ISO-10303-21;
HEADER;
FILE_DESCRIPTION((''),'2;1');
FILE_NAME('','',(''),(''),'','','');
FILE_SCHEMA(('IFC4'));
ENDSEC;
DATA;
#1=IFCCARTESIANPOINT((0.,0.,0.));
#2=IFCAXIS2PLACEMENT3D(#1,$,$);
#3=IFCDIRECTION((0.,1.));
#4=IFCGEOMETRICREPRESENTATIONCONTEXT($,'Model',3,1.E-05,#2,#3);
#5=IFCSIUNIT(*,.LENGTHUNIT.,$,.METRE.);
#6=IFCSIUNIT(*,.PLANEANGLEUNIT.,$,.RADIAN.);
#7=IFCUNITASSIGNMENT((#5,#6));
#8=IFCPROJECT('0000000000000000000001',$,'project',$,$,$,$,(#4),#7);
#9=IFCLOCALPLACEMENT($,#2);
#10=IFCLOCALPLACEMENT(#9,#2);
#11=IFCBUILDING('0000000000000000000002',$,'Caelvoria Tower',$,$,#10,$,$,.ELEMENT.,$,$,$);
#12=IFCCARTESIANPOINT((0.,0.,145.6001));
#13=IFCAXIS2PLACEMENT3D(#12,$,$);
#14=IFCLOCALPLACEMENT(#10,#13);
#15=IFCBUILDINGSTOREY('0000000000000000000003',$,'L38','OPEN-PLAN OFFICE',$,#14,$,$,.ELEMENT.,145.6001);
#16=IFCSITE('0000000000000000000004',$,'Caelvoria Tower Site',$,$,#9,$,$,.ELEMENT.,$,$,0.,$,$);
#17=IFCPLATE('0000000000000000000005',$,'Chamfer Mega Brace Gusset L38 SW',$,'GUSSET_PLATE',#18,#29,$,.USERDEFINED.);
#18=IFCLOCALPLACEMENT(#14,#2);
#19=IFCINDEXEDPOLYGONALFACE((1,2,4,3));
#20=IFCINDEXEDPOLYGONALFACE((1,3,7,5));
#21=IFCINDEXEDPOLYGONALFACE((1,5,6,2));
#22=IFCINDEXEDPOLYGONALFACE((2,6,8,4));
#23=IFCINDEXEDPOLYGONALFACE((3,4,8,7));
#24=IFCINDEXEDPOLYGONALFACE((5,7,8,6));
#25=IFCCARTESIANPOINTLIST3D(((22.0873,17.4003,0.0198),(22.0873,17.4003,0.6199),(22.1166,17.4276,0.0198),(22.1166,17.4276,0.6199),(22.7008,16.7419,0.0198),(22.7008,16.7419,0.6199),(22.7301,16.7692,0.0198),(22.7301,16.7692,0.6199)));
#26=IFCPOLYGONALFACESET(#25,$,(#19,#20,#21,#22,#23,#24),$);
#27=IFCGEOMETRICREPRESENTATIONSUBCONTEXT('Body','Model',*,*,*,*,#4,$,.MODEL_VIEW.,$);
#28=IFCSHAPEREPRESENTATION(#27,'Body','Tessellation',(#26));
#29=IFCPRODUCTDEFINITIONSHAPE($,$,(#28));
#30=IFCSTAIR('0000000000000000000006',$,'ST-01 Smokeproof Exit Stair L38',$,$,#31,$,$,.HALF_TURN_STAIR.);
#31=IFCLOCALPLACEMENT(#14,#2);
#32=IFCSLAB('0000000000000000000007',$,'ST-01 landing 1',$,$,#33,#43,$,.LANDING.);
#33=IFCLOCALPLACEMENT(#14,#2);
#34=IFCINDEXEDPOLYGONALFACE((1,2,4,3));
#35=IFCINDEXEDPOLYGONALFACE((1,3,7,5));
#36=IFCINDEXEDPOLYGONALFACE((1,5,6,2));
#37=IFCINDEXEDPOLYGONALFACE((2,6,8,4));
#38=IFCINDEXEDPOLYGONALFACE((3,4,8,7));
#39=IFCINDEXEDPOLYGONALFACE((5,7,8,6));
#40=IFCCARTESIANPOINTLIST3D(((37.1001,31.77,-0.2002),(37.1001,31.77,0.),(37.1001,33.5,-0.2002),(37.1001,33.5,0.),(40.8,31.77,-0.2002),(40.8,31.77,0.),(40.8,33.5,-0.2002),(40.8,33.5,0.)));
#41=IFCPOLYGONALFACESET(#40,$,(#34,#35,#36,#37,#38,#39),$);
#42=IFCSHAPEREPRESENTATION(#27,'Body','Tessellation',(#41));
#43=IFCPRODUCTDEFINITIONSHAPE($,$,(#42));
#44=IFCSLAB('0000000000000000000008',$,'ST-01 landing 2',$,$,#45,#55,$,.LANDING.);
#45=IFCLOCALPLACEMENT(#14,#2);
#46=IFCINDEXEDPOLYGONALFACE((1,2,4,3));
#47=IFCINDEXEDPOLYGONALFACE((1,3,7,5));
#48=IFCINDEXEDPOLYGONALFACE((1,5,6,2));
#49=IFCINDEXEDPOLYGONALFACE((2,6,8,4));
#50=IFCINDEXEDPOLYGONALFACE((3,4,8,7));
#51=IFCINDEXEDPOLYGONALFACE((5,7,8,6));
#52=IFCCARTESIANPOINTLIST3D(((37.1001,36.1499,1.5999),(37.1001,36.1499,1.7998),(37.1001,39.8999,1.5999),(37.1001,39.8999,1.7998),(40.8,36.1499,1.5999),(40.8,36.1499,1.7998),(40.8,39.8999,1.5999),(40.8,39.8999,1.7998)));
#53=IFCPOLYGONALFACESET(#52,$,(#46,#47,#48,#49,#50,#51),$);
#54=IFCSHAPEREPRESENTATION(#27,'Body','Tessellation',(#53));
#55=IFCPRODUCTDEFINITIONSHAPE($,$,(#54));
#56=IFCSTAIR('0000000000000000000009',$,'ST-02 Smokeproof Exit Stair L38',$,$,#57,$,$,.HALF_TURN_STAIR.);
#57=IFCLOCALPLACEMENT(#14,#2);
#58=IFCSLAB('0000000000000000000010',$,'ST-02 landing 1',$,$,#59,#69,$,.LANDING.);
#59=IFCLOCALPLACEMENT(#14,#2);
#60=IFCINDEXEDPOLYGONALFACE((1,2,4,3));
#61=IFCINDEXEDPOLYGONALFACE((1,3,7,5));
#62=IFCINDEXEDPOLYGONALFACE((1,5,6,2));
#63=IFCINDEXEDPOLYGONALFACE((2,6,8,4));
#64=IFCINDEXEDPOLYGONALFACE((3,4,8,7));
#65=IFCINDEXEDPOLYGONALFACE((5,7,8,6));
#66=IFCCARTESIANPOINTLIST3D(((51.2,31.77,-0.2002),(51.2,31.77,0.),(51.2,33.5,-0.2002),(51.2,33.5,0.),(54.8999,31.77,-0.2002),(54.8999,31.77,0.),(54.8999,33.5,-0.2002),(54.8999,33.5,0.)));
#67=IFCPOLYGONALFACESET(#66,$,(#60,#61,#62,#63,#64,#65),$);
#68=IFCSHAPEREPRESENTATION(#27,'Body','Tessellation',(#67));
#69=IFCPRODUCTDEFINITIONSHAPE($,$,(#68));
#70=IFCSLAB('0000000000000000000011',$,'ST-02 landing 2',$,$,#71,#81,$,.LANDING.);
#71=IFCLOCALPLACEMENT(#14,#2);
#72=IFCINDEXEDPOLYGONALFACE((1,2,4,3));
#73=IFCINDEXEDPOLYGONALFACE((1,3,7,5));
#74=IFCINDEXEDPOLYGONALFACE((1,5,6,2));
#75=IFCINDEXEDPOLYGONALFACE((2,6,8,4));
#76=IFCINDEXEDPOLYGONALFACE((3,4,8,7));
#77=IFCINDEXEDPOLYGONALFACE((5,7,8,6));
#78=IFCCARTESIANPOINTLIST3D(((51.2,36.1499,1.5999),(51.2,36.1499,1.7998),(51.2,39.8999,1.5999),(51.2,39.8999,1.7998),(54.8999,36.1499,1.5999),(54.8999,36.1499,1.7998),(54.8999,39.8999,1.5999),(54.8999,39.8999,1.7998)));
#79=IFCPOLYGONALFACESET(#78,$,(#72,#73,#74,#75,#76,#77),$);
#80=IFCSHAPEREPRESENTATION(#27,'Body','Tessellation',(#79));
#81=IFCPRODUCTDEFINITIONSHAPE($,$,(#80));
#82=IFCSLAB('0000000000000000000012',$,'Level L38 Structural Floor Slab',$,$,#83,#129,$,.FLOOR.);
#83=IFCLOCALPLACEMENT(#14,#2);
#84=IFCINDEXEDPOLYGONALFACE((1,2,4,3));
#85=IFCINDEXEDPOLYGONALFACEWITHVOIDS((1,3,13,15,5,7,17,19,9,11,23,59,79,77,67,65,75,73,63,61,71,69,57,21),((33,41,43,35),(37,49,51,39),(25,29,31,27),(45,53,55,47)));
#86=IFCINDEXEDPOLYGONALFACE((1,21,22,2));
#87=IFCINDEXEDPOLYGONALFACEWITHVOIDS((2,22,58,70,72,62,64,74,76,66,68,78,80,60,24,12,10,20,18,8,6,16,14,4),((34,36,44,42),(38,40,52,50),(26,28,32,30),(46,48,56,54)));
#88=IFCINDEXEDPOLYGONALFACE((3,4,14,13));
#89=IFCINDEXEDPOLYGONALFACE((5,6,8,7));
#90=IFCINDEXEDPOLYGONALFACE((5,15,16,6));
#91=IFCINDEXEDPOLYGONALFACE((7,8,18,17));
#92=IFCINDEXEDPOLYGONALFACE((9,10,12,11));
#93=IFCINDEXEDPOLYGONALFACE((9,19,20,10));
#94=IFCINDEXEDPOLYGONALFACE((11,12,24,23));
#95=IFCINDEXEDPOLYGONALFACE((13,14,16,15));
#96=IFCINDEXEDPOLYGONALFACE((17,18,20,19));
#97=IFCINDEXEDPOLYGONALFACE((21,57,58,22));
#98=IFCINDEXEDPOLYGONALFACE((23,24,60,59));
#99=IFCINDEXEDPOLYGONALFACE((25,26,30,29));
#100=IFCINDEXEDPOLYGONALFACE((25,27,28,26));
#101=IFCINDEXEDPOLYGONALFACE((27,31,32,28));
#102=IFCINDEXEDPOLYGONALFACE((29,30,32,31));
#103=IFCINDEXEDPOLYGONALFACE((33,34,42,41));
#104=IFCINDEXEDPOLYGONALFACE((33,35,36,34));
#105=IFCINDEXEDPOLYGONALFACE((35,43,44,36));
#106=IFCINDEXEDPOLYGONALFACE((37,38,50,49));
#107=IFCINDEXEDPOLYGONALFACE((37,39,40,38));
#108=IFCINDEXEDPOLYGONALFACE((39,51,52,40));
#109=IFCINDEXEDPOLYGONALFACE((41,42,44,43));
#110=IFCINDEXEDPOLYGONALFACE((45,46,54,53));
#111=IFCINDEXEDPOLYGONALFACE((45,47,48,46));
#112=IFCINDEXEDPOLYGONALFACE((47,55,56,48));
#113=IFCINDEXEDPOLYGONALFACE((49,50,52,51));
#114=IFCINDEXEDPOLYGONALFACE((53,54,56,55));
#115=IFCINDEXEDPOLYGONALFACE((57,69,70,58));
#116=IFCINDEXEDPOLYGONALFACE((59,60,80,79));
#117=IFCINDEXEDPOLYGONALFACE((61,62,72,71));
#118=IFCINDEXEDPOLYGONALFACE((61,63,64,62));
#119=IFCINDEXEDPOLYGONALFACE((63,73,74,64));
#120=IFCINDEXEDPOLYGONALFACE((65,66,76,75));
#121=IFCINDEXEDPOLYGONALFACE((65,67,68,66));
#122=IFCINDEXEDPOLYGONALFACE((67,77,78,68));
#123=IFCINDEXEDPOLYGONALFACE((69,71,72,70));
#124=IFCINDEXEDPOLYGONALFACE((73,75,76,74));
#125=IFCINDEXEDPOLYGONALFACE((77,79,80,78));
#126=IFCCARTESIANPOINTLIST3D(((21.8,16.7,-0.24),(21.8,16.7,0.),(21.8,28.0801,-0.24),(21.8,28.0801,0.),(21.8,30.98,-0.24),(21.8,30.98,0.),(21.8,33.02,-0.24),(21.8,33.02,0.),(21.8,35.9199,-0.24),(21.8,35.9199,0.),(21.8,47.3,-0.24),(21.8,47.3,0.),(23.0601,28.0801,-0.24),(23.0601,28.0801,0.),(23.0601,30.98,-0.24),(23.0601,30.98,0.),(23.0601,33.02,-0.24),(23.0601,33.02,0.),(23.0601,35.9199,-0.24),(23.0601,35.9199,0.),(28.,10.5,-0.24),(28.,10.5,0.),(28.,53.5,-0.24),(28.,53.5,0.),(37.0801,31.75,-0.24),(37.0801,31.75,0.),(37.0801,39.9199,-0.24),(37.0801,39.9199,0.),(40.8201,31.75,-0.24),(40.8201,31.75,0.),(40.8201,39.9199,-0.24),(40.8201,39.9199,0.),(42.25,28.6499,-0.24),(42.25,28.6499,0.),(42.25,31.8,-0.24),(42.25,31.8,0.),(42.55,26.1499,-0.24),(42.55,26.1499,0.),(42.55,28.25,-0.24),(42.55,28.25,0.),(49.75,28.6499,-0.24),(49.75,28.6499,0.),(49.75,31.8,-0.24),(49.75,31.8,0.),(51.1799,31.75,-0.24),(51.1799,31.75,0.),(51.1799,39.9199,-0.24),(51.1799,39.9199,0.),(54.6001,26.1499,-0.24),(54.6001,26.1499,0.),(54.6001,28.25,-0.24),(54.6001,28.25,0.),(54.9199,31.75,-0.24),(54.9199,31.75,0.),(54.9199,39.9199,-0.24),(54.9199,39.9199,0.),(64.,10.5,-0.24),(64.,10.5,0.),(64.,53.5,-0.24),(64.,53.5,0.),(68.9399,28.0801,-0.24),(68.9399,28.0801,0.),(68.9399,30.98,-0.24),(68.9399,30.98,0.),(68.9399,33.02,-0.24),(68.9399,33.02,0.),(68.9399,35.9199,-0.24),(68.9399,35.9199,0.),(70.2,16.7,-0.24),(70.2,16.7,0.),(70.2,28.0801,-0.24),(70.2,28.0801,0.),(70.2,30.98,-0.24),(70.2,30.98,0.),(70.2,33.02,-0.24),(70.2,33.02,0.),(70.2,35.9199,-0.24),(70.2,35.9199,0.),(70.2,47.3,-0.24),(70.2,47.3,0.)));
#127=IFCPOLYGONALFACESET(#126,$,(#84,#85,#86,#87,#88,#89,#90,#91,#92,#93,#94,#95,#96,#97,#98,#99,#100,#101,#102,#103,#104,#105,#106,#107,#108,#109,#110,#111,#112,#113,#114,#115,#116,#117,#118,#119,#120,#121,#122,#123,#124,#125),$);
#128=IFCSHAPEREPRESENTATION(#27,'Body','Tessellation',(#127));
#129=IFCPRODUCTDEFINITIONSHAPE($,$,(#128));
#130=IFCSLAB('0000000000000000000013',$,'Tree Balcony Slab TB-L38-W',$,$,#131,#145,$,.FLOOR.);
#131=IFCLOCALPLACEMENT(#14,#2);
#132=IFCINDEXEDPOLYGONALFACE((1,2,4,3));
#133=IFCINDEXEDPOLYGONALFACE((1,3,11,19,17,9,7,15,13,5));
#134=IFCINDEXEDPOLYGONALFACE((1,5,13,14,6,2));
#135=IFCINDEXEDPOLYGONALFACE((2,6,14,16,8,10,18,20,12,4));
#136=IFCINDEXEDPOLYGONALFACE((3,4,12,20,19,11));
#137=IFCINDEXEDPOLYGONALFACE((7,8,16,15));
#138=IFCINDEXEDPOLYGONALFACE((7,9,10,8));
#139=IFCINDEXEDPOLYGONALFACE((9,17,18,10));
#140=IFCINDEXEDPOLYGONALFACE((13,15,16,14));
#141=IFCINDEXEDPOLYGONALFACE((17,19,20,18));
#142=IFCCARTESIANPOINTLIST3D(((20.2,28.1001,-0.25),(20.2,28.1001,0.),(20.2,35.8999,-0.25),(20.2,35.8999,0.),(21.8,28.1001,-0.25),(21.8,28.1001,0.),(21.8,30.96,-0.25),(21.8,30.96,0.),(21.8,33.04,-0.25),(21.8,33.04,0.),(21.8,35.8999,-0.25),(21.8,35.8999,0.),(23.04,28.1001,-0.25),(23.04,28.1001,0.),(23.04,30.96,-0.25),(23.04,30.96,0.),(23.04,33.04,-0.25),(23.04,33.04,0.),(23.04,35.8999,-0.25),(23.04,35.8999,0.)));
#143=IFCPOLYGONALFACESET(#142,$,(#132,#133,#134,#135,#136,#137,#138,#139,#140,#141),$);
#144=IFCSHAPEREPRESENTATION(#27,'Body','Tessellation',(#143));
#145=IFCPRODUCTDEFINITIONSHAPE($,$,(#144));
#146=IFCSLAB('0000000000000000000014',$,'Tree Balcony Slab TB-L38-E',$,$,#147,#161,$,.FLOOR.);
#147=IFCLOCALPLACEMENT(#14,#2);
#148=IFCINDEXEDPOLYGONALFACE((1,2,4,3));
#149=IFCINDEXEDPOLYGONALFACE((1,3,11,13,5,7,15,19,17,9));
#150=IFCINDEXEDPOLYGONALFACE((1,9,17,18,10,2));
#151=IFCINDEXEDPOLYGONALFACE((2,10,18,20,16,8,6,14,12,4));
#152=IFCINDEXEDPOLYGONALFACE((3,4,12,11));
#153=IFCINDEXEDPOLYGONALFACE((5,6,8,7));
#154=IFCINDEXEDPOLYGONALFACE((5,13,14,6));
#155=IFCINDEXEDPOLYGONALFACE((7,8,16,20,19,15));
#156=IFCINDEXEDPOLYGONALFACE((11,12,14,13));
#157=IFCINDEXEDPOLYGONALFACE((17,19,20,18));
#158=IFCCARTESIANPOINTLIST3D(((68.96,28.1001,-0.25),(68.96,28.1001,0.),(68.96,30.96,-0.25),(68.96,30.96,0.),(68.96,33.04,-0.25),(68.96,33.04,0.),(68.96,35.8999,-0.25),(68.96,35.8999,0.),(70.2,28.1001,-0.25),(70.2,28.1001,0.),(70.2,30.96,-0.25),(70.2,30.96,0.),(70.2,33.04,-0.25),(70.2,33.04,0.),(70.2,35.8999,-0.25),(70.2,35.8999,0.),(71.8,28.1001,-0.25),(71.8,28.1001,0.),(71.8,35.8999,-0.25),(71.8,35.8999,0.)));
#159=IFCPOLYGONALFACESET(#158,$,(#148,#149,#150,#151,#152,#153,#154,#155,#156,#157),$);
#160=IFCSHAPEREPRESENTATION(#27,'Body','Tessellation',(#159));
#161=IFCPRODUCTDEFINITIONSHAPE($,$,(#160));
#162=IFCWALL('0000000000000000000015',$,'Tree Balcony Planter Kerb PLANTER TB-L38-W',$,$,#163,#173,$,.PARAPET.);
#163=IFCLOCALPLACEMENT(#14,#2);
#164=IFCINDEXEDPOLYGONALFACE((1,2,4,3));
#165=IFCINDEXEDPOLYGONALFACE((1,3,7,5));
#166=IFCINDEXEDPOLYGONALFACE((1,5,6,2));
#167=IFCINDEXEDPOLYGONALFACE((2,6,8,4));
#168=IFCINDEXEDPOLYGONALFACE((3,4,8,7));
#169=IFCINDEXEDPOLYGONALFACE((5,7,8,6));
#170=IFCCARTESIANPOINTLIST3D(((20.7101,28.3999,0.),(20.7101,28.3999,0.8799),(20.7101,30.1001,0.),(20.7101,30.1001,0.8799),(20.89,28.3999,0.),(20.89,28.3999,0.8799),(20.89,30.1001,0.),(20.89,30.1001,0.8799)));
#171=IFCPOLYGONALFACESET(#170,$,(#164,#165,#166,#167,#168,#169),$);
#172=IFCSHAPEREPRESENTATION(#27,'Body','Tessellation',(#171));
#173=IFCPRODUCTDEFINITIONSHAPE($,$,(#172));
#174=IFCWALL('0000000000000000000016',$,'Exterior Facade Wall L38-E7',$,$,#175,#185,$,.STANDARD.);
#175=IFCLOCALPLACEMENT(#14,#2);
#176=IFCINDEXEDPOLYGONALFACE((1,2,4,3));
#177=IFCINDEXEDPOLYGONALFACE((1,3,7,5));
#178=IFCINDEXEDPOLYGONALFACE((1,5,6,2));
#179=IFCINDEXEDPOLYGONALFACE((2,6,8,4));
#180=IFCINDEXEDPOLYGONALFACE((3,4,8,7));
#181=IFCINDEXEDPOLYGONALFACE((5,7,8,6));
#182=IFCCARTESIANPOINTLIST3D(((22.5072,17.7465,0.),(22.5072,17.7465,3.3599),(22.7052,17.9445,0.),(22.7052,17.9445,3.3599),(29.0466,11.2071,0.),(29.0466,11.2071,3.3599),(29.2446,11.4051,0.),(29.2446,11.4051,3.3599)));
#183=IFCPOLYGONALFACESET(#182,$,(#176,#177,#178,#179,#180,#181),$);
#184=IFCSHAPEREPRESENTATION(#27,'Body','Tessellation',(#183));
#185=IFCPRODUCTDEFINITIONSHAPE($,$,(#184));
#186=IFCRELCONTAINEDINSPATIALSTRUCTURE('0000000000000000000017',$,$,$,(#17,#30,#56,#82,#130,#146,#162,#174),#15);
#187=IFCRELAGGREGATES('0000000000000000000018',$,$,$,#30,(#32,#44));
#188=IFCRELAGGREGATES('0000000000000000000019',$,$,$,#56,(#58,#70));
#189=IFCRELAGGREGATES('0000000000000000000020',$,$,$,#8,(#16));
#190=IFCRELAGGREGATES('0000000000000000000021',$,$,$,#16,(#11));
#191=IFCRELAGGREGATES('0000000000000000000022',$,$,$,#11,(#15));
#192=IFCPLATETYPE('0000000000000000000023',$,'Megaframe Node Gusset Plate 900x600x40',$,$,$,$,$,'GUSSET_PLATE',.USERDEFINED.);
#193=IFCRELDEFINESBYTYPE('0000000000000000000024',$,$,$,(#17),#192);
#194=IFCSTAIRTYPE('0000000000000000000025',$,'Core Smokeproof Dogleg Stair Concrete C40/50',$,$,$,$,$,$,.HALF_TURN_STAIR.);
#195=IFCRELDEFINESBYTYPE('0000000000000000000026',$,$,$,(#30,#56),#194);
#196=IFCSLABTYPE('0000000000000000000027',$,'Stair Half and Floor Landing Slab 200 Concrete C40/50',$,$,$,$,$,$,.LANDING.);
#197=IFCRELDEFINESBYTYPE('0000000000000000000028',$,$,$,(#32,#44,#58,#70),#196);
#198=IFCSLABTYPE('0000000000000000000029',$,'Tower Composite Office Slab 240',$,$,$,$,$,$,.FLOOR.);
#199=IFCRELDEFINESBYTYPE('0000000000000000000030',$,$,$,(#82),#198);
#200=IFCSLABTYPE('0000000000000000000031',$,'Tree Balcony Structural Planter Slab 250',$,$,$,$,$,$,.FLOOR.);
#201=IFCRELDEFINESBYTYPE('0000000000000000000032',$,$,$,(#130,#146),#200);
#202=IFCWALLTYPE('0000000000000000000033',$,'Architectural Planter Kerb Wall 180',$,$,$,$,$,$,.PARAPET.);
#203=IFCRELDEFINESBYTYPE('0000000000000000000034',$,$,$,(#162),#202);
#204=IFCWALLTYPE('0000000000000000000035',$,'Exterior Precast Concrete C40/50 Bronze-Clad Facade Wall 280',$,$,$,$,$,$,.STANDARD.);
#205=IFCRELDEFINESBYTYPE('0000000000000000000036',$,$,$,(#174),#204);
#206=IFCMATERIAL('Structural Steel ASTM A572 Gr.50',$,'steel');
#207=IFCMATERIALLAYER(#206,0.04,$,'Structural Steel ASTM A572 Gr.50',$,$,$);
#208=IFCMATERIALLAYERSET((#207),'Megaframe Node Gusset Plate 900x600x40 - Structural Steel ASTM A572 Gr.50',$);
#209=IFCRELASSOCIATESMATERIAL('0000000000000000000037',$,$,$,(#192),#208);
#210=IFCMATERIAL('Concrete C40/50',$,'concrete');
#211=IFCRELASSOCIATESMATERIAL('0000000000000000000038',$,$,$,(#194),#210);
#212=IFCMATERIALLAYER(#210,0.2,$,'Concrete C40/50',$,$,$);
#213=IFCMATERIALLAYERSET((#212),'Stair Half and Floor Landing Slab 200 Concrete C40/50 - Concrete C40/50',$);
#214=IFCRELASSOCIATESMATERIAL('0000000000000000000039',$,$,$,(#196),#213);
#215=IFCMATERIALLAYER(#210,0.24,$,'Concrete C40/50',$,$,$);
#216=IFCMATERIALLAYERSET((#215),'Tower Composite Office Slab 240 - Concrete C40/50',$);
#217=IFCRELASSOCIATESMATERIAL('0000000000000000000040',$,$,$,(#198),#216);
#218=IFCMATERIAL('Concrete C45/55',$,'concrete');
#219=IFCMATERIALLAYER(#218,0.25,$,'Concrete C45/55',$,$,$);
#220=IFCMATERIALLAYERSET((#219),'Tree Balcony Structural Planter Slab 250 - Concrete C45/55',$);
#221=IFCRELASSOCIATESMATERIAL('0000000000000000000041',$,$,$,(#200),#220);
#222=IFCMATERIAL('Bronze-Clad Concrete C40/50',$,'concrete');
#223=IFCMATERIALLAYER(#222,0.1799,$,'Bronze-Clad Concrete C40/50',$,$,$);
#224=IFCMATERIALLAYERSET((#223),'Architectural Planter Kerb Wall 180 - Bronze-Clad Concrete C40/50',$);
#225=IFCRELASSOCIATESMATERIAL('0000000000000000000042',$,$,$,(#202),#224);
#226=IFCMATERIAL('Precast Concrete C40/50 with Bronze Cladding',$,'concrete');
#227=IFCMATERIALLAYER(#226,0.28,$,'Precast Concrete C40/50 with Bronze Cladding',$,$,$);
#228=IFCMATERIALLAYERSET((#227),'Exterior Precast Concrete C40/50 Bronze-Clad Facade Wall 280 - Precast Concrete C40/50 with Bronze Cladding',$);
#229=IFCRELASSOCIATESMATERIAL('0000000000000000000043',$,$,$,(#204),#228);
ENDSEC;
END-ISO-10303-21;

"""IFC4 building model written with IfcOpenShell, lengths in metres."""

from ifc_helpers import new_model, si_unit, direction, frame, frame_2d, origin, origin_2d, place, context, subcontext, project, spatial, polyline, rectangle, outline, extrude, material, layer, layer_set, type_object, element, aggregate, save


model = new_model("IFC4")

# Units and contexts
model_context = context("Model", 3, precision=1e-05, world=origin(), true_north=direction((0.0, 1.0)))
body_context = subcontext(model_context, "Body", "Model", "MODEL_VIEW")
ifc_project = project(units=[si_unit("LENGTHUNIT", "METRE"), si_unit("PLANEANGLEUNIT", "RADIAN")], contexts=[model_context])

# Site, building, storey
site_placement = place(None, origin())
site = spatial("IfcSite", under=ifc_project, at=site_placement, Name="Caelvoria Tower Site", CompositionType="ELEMENT", RefElevation=0.0)
building_placement = place(site_placement, origin())
building = spatial("IfcBuilding", under=site, at=building_placement, Name="Caelvoria Tower", CompositionType="ELEMENT")
storey_placement = place(building_placement, frame((0.0, 0.0, 145.6001)))
storey = spatial("IfcBuildingStorey", under=building, at=storey_placement, Name="L38", Description="OPEN-PLAN OFFICE", CompositionType="ELEMENT", Elevation=145.6001)

# Shared definitions
ifc_material_1 = material(Name="Structural Steel ASTM A572 Gr.50", Category="steel")

# Plate
ifc_layer_1 = layer(ifc_material_1, 0.04, Name="Structural Steel ASTM A572 Gr.50")
ifc_layer_set_1 = layer_set([ifc_layer_1], Name="Megaframe Node Gusset Plate 900x600x40 - Structural Steel ASTM A572 Gr.50")
plate_type = type_object("IfcPlateType", Name="Megaframe Node Gusset Plate 900x600x40", ElementType="GUSSET_PLATE", PredefinedType="USERDEFINED", material=ifc_layer_set_1)
plate_placement = place(storey_placement, frame((22.4087, 17.0847, 0.0198), z_axis=(0.0, 0.0, 1.0), x_axis=(0.681679, -0.731651, 0.0)))
element("IfcPlate", 1, at=plate_placement, inside=storey, type_object=plate_type, Name="Chamfer Mega Brace Gusset L38 SW", ObjectType="GUSSET_PLATE", PredefinedType="USERDEFINED", context=body_context, shape_type="SweptSolid", body=[
    extrude(rectangle(XDim=0.8999, YDim=0.04, at=origin_2d()), origin(), (0.0, 0.0, 1.0), 0.6001),
])

# Stairs, slabs
ifc_material_2 = material(Name="Concrete C40/50", Category="concrete")
stair_type = type_object("IfcStairType", Name="Core Smokeproof Dogleg Stair Concrete C40/50", PredefinedType="HALF_TURN_STAIR", material=ifc_material_2)
stair_1_placement = place(storey_placement, origin())
stair_1 = element("IfcStair", 2, at=stair_1_placement, inside=storey, type_object=stair_type, Name="ST-01 Smokeproof Exit Stair L38", PredefinedType="HALF_TURN_STAIR")
ifc_layer_2 = layer(ifc_material_2, 0.2, Name="Concrete C40/50")
ifc_layer_set_2 = layer_set([ifc_layer_2], Name="Stair Half and Floor Landing Slab 200 Concrete C40/50 - Concrete C40/50")
slab_type_1 = type_object("IfcSlabType", Name="Stair Half and Floor Landing Slab 200 Concrete C40/50", PredefinedType="LANDING", material=ifc_layer_set_2)
slab_1_placement = place(storey_placement, frame((0.0, 0.0, -0.2002)))
slab_1 = element("IfcSlab", 3, at=slab_1_placement, type_object=slab_type_1, Name="ST-01 landing 1", PredefinedType="LANDING", context=body_context, shape_type="SweptSolid", body=[
    extrude(outline(polyline([(37.1001, 31.77), (40.8, 31.77), (40.8, 33.5), (37.1001, 33.5), (37.1001, 31.77)])), origin(), (0.0, 0.0, 1.0), 0.2002),
])
slab_2_placement = place(storey_placement, frame((0.0, 0.0, 1.5999)))
slab_2 = element("IfcSlab", 4, at=slab_2_placement, type_object=slab_type_1, Name="ST-01 landing 2", PredefinedType="LANDING", context=body_context, shape_type="SweptSolid", body=[
    extrude(outline(polyline([(37.1001, 36.1499), (40.8, 36.1499), (40.8, 39.8999), (37.1001, 39.8999), (37.1001, 36.1499)])), origin(), (0.0, 0.0, 1.0), 0.2),
])
aggregate(stair_1, [slab_1, slab_2])
stair_2_placement = place(storey_placement, origin())
stair_2 = element("IfcStair", 5, at=stair_2_placement, inside=storey, type_object=stair_type, Name="ST-02 Smokeproof Exit Stair L38", PredefinedType="HALF_TURN_STAIR")
slab_3_placement = place(storey_placement, frame((0.0, 0.0, -0.2002)))
slab_3 = element("IfcSlab", 6, at=slab_3_placement, type_object=slab_type_1, Name="ST-02 landing 1", PredefinedType="LANDING", context=body_context, shape_type="SweptSolid", body=[
    extrude(outline(polyline([(51.2, 31.77), (54.8999, 31.77), (54.8999, 33.5), (51.2, 33.5), (51.2, 31.77)])), origin(), (0.0, 0.0, 1.0), 0.2002),
])
slab_4_placement = place(storey_placement, frame((0.0, 0.0, 1.5999)))
slab_4 = element("IfcSlab", 7, at=slab_4_placement, type_object=slab_type_1, Name="ST-02 landing 2", PredefinedType="LANDING", context=body_context, shape_type="SweptSolid", body=[
    extrude(outline(polyline([(51.2, 36.1499), (54.8999, 36.1499), (54.8999, 39.8999), (51.2, 39.8999), (51.2, 36.1499)])), origin(), (0.0, 0.0, 1.0), 0.2),
])
aggregate(stair_2, [slab_3, slab_4])

# Slabs
ifc_layer_3 = layer(ifc_material_2, 0.24, Name="Concrete C40/50")
ifc_layer_set_3 = layer_set([ifc_layer_3], Name="Tower Composite Office Slab 240 - Concrete C40/50")
slab_type_2 = type_object("IfcSlabType", Name="Tower Composite Office Slab 240", PredefinedType="FLOOR", material=ifc_layer_set_3)
slab_5_placement = place(storey_placement, frame((0.0, 0.0, -0.24)))
element("IfcSlab", 8, at=slab_5_placement, inside=storey, type_object=slab_type_2, Name="Level L38 Structural Floor Slab", PredefinedType="FLOOR", context=body_context, shape_type="SweptSolid", body=[
    extrude(outline(polyline([(64.0, 53.5), (28.0, 53.5), (21.8, 47.3), (21.8, 35.9199), (23.0601, 35.9199), (23.0601, 33.02), (21.8, 33.02), (21.8, 30.98), (23.0601, 30.98), (23.0601, 28.0801), (21.8, 28.0801), (21.8, 16.7), (28.0, 10.5), (64.0, 10.5), (70.2, 16.7), (70.2, 28.0801), (68.9399, 28.0801), (68.9399, 30.98), (70.2, 30.98), (70.2, 33.02), (68.9399, 33.02), (68.9399, 35.9199), (70.2, 35.9199), (70.2, 47.3), (64.0, 53.5)]), holes=[polyline([(37.0801, 31.75), (40.8201, 31.75), (40.8201, 39.9199), (37.0801, 39.9199), (37.0801, 31.75)]), polyline([(51.1799, 31.75), (54.9199, 31.75), (54.9199, 39.9199), (51.1799, 39.9199), (51.1799, 31.75)]), polyline([(42.25, 28.6499), (49.75, 28.6499), (49.75, 31.8), (42.25, 31.8), (42.25, 28.6499)]), polyline([(42.55, 26.1499), (54.6001, 26.1499), (54.6001, 28.25), (42.55, 28.25), (42.55, 26.1499)])]), origin(), (0.0, 0.0, 1.0), 0.24),
])
ifc_material_3 = material(Name="Concrete C45/55", Category="concrete")
ifc_layer_4 = layer(ifc_material_3, 0.25, Name="Concrete C45/55")
ifc_layer_set_4 = layer_set([ifc_layer_4], Name="Tree Balcony Structural Planter Slab 250 - Concrete C45/55")
slab_type_3 = type_object("IfcSlabType", Name="Tree Balcony Structural Planter Slab 250", PredefinedType="FLOOR", material=ifc_layer_set_4)
slab_6_placement = place(storey_placement, frame((0.0, 0.0, -0.25)))
element("IfcSlab", 9, at=slab_6_placement, inside=storey, type_object=slab_type_3, Name="Tree Balcony Slab TB-L38-W", PredefinedType="FLOOR", context=body_context, shape_type="SweptSolid", body=[
    extrude(outline(polyline([(20.2, 28.1001), (21.8, 28.1001), (23.04, 28.1001), (23.04, 30.96), (21.8, 30.96), (21.8, 33.04), (23.04, 33.04), (23.04, 35.8999), (21.8, 35.8999), (20.2, 35.8999), (20.2, 28.1001)])), origin(), (0.0, 0.0, 1.0), 0.25),
])
slab_7_placement = place(storey_placement, frame((0.0, 0.0, -0.25)))
element("IfcSlab", 10, at=slab_7_placement, inside=storey, type_object=slab_type_3, Name="Tree Balcony Slab TB-L38-E", PredefinedType="FLOOR", context=body_context, shape_type="SweptSolid", body=[
    extrude(outline(polyline([(70.2, 35.8999), (68.96, 35.8999), (68.96, 33.04), (70.2, 33.04), (70.2, 30.96), (68.96, 30.96), (68.96, 28.1001), (70.2, 28.1001), (71.8, 28.1001), (71.8, 35.8999), (70.2, 35.8999)])), origin(), (0.0, 0.0, 1.0), 0.25),
])

# Walls
ifc_material_4 = material(Name="Bronze-Clad Concrete C40/50", Category="concrete")
ifc_layer_5 = layer(ifc_material_4, 0.1799, Name="Bronze-Clad Concrete C40/50")
ifc_layer_set_5 = layer_set([ifc_layer_5], Name="Architectural Planter Kerb Wall 180 - Bronze-Clad Concrete C40/50")
wall_type_1 = type_object("IfcWallType", Name="Architectural Planter Kerb Wall 180", PredefinedType="PARAPET", material=ifc_layer_set_5)
wall_1_placement = place(storey_placement, frame((20.8, 28.3999, 0.0), z_axis=(0.0, 0.0, 1.0), x_axis=(0.0, 1.0, 0.0)))
element("IfcWall", 11, at=wall_1_placement, inside=storey, type_object=wall_type_1, Name="Tree Balcony Planter Kerb PLANTER TB-L38-W", PredefinedType="PARAPET", context=body_context, shape_type="SweptSolid", body=[
    extrude(rectangle(XDim=1.7002, YDim=0.1799, at=frame_2d((0.8501, 0.0))), origin(), (0.0, 0.0, 1.0), 0.8799),
])
ifc_material_5 = material(Name="Precast Concrete C40/50 with Bronze Cladding", Category="concrete")
ifc_layer_6 = layer(ifc_material_5, 0.28, Name="Precast Concrete C40/50 with Bronze Cladding")
ifc_layer_set_6 = layer_set([ifc_layer_6], Name="Exterior Precast Concrete C40/50 Bronze-Clad Facade Wall 280 - Precast Concrete C40/50 with Bronze Cladding")
wall_type_2 = type_object("IfcWallType", Name="Exterior Precast Concrete C40/50 Bronze-Clad Facade Wall 280", PredefinedType="STANDARD", material=ifc_layer_set_6)
wall_2_placement = place(storey_placement, frame((22.6062, 17.8455, 0.0), z_axis=(0.0, 0.0, 1.0), x_axis=(0.707107, -0.707107, 0.0)))
element("IfcWall", 12, at=wall_2_placement, inside=storey, type_object=wall_type_2, Name="Exterior Facade Wall L38-E7", PredefinedType="STANDARD", context=body_context, shape_type="SweptSolid", body=[
    extrude(rectangle(XDim=9.248, YDim=0.28, at=frame_2d((4.624, 0.0))), origin(), (0.0, 0.0, 1.0), 3.3599),
])

save(model, "model.ifc")
